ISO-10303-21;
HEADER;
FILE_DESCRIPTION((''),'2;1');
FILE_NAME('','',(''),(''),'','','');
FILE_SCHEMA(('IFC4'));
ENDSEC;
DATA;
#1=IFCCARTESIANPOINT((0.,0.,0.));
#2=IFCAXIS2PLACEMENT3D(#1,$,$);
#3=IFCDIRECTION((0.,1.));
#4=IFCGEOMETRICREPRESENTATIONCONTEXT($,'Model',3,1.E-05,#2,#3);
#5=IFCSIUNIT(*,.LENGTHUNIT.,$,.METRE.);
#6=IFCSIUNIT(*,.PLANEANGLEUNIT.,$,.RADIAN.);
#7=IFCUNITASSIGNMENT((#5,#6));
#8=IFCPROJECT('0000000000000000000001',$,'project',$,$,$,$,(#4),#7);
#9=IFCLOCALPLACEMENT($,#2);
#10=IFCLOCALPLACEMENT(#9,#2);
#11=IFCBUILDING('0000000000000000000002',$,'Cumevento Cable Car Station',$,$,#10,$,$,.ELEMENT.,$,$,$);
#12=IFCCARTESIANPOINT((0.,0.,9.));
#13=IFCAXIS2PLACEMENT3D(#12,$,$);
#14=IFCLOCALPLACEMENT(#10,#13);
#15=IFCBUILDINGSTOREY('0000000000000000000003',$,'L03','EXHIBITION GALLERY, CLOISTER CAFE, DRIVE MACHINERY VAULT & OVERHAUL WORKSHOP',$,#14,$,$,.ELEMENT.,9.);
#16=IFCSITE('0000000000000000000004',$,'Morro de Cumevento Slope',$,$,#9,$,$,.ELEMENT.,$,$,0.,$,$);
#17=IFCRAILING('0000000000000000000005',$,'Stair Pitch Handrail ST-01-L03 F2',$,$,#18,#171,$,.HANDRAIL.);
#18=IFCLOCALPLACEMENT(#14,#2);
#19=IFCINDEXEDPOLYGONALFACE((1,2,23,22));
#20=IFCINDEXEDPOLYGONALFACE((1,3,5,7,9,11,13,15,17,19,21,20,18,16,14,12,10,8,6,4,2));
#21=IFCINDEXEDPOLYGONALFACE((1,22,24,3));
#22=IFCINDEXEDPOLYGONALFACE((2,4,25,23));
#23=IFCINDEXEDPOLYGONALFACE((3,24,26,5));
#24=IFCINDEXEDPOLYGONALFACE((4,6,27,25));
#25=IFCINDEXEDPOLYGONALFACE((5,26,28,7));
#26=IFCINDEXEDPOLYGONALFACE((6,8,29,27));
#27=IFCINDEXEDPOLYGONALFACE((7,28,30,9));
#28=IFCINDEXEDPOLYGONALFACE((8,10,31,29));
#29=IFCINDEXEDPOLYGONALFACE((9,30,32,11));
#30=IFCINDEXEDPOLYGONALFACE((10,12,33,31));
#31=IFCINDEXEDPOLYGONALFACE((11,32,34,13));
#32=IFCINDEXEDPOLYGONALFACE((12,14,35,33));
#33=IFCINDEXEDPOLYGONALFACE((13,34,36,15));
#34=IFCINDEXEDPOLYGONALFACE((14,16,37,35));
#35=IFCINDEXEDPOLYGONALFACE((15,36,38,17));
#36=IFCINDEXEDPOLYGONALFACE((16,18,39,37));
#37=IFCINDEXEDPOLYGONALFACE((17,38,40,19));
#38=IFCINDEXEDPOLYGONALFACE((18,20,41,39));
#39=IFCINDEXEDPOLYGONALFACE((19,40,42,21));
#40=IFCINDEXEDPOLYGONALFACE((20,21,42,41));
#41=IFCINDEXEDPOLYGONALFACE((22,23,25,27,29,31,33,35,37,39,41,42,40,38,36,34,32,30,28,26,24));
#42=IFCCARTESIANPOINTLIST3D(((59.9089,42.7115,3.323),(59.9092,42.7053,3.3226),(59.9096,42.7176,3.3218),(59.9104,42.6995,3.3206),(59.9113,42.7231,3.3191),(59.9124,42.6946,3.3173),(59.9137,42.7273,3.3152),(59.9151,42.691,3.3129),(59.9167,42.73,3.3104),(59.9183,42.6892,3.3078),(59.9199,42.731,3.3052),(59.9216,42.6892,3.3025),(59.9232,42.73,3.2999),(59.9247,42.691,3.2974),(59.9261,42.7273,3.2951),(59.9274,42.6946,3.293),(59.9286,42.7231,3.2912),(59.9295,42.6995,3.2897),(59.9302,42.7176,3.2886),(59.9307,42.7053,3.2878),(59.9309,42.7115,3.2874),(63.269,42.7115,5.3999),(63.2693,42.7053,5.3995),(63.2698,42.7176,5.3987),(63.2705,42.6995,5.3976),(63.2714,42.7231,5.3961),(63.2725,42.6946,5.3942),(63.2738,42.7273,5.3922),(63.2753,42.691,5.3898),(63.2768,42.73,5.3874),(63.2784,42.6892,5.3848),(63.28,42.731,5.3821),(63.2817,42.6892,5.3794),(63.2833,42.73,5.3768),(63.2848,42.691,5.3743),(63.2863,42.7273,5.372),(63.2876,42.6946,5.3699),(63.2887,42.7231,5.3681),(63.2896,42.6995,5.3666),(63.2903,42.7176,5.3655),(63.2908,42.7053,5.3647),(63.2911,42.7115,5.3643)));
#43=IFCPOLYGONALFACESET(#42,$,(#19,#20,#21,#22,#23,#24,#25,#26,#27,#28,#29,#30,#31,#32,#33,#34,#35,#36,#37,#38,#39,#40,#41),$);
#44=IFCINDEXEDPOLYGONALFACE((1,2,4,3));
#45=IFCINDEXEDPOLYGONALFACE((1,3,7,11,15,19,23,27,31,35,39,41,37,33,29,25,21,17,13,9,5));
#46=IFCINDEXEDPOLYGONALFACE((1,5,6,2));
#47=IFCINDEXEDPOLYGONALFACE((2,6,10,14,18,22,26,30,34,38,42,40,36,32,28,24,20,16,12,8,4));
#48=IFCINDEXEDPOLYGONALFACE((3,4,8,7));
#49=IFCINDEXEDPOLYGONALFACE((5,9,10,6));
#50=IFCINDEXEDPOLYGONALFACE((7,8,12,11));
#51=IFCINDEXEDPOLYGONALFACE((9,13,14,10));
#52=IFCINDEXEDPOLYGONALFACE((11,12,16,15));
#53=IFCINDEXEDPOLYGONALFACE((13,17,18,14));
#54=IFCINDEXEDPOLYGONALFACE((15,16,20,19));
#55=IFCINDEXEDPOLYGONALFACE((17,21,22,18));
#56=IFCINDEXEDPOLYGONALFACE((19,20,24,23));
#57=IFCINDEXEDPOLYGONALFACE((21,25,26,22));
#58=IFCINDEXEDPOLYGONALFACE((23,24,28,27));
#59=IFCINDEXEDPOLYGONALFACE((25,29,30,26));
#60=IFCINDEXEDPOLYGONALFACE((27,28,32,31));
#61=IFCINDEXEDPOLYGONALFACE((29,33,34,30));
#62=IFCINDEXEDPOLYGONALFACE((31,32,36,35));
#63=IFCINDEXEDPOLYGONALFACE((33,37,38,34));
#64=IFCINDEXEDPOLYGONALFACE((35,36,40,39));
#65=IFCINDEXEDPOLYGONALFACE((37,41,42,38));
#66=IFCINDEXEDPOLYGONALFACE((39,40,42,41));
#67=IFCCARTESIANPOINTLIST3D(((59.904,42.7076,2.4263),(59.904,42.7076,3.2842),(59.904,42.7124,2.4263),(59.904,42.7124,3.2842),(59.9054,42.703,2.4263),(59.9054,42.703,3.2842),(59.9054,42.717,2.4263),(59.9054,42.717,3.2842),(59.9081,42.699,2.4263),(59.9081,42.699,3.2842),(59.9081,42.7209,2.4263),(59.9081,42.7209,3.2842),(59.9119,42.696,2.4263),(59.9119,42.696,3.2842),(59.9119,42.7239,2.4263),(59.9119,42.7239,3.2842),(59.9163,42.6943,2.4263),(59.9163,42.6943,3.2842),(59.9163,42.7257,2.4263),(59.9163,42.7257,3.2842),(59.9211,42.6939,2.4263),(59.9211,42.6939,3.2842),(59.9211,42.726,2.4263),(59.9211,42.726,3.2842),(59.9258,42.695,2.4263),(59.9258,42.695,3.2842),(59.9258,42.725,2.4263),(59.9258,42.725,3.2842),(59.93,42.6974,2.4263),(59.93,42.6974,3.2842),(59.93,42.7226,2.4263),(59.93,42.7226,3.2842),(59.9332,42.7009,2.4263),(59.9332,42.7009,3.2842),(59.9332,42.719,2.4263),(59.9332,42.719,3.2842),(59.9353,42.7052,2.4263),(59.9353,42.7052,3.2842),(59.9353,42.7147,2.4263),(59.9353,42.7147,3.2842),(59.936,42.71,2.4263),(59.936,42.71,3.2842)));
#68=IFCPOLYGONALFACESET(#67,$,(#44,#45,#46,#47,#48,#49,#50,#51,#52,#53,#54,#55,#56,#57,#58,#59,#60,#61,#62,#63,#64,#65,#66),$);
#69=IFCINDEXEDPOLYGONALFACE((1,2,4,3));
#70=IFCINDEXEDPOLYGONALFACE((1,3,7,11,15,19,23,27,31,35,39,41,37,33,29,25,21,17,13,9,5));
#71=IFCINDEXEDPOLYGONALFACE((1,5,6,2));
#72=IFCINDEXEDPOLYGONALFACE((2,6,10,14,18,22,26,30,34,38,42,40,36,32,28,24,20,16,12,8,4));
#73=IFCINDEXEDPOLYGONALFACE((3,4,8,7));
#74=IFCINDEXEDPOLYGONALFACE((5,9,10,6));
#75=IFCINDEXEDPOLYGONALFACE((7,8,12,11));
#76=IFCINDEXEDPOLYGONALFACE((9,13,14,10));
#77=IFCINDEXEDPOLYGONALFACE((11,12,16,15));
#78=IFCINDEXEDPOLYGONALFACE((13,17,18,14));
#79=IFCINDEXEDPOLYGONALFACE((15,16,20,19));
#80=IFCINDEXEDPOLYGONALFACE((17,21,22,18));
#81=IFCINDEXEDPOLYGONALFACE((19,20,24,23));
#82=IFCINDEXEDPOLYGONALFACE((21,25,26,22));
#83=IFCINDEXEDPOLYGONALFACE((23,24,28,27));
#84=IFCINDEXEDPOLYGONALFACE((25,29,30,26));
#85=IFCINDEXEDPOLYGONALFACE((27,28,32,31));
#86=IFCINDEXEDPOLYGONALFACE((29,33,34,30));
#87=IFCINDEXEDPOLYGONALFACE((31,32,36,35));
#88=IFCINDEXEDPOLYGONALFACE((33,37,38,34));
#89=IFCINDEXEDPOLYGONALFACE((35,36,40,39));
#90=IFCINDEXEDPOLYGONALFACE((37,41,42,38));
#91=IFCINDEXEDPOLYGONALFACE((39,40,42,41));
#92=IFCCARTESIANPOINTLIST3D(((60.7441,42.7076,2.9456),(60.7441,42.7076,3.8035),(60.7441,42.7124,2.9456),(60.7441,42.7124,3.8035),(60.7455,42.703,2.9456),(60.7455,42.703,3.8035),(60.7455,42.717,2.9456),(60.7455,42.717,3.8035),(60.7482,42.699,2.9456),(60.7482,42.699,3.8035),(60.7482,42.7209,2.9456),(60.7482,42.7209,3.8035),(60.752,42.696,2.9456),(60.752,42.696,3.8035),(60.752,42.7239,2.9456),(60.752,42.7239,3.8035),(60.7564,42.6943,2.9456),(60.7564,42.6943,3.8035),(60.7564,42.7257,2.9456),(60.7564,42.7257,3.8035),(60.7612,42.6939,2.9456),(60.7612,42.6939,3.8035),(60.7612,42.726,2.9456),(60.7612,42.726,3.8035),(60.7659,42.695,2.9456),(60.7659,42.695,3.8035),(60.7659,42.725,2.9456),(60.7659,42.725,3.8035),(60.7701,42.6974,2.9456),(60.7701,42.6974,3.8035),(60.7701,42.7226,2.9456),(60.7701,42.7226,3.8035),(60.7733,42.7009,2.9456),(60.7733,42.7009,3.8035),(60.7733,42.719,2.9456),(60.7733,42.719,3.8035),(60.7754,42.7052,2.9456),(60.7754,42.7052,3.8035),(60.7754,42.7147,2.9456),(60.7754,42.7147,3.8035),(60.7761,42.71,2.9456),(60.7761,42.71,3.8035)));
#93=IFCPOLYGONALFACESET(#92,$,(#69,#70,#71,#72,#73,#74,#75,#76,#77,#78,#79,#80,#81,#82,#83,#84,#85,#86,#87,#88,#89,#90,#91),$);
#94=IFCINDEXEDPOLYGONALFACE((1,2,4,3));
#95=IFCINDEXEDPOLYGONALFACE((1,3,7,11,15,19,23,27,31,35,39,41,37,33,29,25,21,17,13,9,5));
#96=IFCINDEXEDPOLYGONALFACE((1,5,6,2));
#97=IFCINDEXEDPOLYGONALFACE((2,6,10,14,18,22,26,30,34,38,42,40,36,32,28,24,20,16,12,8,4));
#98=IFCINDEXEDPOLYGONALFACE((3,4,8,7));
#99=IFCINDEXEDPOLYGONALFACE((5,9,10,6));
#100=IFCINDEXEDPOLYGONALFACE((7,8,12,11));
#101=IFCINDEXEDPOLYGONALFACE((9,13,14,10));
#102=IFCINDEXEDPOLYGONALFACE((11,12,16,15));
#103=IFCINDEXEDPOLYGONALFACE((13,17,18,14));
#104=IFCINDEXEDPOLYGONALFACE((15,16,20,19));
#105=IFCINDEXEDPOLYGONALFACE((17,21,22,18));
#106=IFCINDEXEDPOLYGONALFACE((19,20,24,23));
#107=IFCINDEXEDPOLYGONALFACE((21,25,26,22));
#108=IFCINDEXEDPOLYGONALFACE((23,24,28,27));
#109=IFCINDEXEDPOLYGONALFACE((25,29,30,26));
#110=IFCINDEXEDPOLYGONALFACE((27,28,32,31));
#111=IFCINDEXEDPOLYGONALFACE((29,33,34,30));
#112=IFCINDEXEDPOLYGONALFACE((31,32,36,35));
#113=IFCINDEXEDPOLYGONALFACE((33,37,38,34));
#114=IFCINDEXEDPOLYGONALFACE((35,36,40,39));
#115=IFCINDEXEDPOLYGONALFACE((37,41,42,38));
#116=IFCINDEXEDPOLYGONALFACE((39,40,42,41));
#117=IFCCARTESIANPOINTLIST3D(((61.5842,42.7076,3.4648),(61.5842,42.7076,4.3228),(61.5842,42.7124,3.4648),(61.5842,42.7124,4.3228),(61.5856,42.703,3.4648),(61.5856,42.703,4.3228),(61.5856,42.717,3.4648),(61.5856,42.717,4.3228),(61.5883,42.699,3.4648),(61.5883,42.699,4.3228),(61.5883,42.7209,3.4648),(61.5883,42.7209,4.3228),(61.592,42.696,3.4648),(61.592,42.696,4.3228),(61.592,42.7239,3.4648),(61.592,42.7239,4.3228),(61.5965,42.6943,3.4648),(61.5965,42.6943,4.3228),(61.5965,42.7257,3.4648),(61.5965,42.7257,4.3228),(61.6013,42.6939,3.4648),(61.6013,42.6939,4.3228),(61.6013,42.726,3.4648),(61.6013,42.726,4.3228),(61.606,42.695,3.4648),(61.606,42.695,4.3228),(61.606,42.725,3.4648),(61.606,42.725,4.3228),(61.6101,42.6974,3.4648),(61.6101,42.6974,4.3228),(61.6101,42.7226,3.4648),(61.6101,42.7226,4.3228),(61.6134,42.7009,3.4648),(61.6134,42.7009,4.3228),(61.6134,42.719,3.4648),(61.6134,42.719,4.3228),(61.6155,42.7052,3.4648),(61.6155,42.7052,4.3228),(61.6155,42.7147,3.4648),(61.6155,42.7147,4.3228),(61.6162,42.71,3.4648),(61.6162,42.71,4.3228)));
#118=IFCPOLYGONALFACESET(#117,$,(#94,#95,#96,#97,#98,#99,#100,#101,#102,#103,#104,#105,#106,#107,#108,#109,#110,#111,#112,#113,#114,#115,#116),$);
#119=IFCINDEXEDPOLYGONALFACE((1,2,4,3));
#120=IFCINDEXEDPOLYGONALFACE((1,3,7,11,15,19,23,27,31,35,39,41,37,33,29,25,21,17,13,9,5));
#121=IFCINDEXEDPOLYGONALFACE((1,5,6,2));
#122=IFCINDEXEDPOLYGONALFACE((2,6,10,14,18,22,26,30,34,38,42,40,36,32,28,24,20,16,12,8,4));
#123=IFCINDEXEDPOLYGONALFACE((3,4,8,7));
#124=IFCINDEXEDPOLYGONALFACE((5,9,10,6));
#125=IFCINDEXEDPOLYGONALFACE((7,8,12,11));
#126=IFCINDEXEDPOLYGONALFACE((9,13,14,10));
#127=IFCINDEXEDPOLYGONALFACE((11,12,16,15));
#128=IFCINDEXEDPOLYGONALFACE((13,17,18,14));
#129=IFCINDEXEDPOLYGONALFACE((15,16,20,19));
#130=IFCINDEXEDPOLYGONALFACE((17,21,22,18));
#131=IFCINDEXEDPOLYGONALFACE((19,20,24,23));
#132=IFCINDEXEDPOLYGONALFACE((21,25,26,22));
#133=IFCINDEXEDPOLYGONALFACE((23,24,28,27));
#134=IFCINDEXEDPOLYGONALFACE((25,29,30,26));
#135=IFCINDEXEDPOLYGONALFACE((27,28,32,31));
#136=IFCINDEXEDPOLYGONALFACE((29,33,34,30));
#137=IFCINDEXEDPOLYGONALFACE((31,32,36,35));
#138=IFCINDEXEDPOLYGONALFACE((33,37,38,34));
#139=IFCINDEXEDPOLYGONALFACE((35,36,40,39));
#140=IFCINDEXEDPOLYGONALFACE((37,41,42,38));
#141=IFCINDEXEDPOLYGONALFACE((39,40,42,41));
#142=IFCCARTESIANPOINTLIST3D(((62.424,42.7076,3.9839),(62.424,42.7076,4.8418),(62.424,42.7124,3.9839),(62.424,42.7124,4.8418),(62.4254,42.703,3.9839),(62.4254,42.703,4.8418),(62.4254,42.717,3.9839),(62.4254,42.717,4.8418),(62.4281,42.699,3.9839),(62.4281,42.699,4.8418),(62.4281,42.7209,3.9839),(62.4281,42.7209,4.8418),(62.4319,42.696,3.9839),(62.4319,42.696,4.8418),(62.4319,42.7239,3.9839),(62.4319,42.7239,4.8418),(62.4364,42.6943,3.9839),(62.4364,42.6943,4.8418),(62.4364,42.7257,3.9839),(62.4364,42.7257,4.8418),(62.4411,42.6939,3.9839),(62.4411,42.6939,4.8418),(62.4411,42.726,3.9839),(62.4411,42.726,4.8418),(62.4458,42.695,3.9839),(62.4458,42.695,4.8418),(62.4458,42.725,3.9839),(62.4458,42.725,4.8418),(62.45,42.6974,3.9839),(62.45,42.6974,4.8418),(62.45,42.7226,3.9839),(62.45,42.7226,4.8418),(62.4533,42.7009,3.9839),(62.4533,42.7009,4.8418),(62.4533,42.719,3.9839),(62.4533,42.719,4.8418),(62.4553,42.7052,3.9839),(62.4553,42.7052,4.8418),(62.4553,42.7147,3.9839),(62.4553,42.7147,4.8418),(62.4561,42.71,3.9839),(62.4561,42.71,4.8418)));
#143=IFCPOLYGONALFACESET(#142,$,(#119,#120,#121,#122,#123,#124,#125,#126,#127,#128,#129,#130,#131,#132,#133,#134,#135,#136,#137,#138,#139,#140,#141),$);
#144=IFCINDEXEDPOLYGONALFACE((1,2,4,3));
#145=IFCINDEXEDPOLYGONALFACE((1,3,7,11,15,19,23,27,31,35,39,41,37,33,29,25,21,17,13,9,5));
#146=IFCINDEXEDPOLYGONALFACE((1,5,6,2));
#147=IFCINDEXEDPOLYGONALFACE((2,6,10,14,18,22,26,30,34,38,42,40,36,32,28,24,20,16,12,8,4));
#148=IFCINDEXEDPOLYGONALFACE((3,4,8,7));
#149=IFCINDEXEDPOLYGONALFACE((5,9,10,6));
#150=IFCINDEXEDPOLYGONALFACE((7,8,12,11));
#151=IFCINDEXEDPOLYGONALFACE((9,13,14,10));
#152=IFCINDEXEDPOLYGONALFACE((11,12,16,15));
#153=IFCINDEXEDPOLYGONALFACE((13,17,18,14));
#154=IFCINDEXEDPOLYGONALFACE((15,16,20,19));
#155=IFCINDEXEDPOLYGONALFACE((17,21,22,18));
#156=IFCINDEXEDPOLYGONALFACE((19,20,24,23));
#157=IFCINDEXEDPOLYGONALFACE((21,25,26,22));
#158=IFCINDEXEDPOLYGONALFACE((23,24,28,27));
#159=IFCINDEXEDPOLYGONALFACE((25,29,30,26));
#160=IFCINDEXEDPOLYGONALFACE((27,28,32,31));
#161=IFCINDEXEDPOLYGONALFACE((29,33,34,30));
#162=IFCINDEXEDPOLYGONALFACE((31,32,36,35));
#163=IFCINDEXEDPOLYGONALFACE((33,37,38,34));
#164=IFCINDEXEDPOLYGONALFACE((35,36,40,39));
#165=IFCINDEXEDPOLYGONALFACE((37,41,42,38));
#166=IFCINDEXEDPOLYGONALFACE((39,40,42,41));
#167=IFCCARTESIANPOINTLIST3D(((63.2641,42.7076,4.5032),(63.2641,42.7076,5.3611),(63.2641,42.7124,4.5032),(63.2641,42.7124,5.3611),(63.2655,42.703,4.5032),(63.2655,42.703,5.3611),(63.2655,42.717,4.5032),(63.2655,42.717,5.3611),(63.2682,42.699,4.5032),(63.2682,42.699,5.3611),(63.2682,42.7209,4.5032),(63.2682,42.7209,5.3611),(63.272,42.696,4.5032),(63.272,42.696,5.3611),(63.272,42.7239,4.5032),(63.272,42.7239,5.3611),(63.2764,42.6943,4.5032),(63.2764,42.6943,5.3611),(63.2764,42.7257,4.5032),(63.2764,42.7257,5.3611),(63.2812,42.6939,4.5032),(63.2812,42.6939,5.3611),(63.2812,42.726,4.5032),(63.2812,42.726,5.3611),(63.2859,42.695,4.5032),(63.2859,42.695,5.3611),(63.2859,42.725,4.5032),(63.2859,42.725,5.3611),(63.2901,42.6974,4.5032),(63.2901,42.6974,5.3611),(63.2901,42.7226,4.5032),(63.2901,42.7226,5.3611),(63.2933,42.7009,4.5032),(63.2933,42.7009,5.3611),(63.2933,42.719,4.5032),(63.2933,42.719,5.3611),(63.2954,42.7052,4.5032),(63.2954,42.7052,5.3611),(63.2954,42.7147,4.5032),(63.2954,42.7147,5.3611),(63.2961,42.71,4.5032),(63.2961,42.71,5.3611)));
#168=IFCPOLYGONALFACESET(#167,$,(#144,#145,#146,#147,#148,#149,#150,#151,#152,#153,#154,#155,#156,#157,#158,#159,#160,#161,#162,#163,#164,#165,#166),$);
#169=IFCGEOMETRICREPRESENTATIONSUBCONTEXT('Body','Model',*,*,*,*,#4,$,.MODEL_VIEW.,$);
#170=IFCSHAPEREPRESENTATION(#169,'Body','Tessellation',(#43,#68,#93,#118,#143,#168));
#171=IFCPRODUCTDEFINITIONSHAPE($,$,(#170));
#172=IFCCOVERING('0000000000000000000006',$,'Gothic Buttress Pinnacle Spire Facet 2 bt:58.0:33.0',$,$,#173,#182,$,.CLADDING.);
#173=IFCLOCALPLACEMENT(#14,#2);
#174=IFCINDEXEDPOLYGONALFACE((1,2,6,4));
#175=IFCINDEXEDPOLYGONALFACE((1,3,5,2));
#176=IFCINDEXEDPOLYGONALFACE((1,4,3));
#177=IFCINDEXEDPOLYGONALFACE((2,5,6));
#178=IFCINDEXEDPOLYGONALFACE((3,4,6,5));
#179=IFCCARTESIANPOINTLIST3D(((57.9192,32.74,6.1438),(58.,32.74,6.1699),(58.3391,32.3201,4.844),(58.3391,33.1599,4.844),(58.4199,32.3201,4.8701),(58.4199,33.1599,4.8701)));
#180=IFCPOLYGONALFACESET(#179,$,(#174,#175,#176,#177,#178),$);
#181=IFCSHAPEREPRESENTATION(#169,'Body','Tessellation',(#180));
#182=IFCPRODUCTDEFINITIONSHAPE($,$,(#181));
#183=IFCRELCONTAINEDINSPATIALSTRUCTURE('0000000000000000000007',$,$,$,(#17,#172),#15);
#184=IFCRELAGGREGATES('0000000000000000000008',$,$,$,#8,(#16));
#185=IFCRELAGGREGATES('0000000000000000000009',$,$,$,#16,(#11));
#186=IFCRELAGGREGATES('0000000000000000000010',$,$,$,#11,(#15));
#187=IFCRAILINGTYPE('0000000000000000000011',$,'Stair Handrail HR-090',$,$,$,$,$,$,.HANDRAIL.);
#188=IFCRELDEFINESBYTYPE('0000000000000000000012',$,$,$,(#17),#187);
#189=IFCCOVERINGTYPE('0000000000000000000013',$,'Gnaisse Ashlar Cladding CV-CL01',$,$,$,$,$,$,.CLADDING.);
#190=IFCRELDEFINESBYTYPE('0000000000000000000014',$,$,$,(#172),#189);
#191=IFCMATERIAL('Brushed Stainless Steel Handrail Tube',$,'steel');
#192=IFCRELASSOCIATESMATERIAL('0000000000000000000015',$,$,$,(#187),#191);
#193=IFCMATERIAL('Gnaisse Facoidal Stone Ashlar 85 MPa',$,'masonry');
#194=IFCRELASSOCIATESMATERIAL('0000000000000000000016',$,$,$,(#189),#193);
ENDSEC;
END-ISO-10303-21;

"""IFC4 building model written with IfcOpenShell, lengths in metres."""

from ifc_helpers import new_model, si_unit, direction, frame, origin, origin_2d, place, context, subcontext, project, spatial, polyline, circle, outline, extrude, material, type_object, element, save


model = new_model("IFC4")

# Units and contexts
model_context = context("Model", 3, precision=1e-05, world=origin(), true_north=direction((0.0, 1.0)))
body_context = subcontext(model_context, "Body", "Model", "MODEL_VIEW")
ifc_project = project(units=[si_unit("LENGTHUNIT", "METRE"), si_unit("PLANEANGLEUNIT", "RADIAN")], contexts=[model_context])

# Site, building, storey
site_placement = place(None, origin())
site = spatial("IfcSite", under=ifc_project, at=site_placement, Name="Morro de Cumevento Slope", CompositionType="ELEMENT", RefElevation=0.0)
building_placement = place(site_placement, origin())
building = spatial("IfcBuilding", under=site, at=building_placement, Name="Cumevento Cable Car Station", CompositionType="ELEMENT")
storey_placement = place(building_placement, frame((0.0, 0.0, 9.0)))
storey = spatial("IfcBuildingStorey", under=building, at=storey_placement, Name="L03", Description="EXHIBITION GALLERY, CLOISTER CAFE, DRIVE MACHINERY VAULT & OVERHAUL WORKSHOP", CompositionType="ELEMENT", Elevation=9.0)

# Railing
ifc_material_1 = material(Name="Brushed Stainless Steel Handrail Tube", Category="steel")
railing_type_1 = type_object("IfcRailingType", Name="Stair Handrail HR-090", PredefinedType="HANDRAIL", material=ifc_material_1)
railing_1_placement = place(storey_placement, frame((59.9199, 42.71, 2.4263)))
element("IfcRailing", 1, at=railing_1_placement, inside=storey, type_object=railing_type_1, Name="Stair Pitch Handrail ST-01-L03 F2", PredefinedType="HANDRAIL", context=body_context, shape_type="SweptSolid", body=[
    extrude(circle(Radius=0.021, at=origin_2d()), frame((0.0, 0.0, 0.8789), z_axis=(0.850623, 0.0, 0.525776), x_axis=(0.0, 1.0, 0.0)), (0.0, 0.0, 1.0), 3.9502),
    extrude(circle(Radius=0.0161, at=origin_2d()), origin(), (0.0, 0.0, 1.0), 0.8579),
    extrude(circle(Radius=0.0161, at=origin_2d()), frame((0.8401, 0.0, 0.5193)), (0.0, 0.0, 1.0), 0.8579),
    extrude(circle(Radius=0.0161, at=origin_2d()), frame((1.6802, 0.0, 1.0386)), (0.0, 0.0, 1.0), 0.8579),
    extrude(circle(Radius=0.0161, at=origin_2d()), frame((2.52, 0.0, 1.5576)), (0.0, 0.0, 1.0), 0.8579),
    extrude(circle(Radius=0.0161, at=origin_2d()), frame((3.3601, 0.0, 2.0769)), (0.0, 0.0, 1.0), 0.8579),
])

# Covering
ifc_material_2 = material(Name="Gnaisse Facoidal Stone Ashlar 85 MPa", Category="masonry")
covering_type = type_object("IfcCoveringType", Name="Gnaisse Ashlar Cladding CV-CL01", PredefinedType="CLADDING", material=ifc_material_2)
covering_placement = place(storey_placement, frame((58.4199, 33.1599, 4.8701), z_axis=(0.951574, 0.0, 0.307421), x_axis=(0.0, -1.0, 0.0)))
element("IfcCovering", 2, at=covering_placement, inside=storey, type_object=covering_type, Name="Gothic Buttress Pinnacle Spire Facet 2 bt:58.0:33.0", PredefinedType="CLADDING", context=body_context, shape_type="SweptSolid", body=[
    extrude(outline(polyline([(0.0, 0.0), (0.8398, 0.0), (0.4199, -1.366), (0.0, 0.0)])), origin(), (0.0, 0.0, -1.0), 0.085),
])

save(model, "model.ifc")
